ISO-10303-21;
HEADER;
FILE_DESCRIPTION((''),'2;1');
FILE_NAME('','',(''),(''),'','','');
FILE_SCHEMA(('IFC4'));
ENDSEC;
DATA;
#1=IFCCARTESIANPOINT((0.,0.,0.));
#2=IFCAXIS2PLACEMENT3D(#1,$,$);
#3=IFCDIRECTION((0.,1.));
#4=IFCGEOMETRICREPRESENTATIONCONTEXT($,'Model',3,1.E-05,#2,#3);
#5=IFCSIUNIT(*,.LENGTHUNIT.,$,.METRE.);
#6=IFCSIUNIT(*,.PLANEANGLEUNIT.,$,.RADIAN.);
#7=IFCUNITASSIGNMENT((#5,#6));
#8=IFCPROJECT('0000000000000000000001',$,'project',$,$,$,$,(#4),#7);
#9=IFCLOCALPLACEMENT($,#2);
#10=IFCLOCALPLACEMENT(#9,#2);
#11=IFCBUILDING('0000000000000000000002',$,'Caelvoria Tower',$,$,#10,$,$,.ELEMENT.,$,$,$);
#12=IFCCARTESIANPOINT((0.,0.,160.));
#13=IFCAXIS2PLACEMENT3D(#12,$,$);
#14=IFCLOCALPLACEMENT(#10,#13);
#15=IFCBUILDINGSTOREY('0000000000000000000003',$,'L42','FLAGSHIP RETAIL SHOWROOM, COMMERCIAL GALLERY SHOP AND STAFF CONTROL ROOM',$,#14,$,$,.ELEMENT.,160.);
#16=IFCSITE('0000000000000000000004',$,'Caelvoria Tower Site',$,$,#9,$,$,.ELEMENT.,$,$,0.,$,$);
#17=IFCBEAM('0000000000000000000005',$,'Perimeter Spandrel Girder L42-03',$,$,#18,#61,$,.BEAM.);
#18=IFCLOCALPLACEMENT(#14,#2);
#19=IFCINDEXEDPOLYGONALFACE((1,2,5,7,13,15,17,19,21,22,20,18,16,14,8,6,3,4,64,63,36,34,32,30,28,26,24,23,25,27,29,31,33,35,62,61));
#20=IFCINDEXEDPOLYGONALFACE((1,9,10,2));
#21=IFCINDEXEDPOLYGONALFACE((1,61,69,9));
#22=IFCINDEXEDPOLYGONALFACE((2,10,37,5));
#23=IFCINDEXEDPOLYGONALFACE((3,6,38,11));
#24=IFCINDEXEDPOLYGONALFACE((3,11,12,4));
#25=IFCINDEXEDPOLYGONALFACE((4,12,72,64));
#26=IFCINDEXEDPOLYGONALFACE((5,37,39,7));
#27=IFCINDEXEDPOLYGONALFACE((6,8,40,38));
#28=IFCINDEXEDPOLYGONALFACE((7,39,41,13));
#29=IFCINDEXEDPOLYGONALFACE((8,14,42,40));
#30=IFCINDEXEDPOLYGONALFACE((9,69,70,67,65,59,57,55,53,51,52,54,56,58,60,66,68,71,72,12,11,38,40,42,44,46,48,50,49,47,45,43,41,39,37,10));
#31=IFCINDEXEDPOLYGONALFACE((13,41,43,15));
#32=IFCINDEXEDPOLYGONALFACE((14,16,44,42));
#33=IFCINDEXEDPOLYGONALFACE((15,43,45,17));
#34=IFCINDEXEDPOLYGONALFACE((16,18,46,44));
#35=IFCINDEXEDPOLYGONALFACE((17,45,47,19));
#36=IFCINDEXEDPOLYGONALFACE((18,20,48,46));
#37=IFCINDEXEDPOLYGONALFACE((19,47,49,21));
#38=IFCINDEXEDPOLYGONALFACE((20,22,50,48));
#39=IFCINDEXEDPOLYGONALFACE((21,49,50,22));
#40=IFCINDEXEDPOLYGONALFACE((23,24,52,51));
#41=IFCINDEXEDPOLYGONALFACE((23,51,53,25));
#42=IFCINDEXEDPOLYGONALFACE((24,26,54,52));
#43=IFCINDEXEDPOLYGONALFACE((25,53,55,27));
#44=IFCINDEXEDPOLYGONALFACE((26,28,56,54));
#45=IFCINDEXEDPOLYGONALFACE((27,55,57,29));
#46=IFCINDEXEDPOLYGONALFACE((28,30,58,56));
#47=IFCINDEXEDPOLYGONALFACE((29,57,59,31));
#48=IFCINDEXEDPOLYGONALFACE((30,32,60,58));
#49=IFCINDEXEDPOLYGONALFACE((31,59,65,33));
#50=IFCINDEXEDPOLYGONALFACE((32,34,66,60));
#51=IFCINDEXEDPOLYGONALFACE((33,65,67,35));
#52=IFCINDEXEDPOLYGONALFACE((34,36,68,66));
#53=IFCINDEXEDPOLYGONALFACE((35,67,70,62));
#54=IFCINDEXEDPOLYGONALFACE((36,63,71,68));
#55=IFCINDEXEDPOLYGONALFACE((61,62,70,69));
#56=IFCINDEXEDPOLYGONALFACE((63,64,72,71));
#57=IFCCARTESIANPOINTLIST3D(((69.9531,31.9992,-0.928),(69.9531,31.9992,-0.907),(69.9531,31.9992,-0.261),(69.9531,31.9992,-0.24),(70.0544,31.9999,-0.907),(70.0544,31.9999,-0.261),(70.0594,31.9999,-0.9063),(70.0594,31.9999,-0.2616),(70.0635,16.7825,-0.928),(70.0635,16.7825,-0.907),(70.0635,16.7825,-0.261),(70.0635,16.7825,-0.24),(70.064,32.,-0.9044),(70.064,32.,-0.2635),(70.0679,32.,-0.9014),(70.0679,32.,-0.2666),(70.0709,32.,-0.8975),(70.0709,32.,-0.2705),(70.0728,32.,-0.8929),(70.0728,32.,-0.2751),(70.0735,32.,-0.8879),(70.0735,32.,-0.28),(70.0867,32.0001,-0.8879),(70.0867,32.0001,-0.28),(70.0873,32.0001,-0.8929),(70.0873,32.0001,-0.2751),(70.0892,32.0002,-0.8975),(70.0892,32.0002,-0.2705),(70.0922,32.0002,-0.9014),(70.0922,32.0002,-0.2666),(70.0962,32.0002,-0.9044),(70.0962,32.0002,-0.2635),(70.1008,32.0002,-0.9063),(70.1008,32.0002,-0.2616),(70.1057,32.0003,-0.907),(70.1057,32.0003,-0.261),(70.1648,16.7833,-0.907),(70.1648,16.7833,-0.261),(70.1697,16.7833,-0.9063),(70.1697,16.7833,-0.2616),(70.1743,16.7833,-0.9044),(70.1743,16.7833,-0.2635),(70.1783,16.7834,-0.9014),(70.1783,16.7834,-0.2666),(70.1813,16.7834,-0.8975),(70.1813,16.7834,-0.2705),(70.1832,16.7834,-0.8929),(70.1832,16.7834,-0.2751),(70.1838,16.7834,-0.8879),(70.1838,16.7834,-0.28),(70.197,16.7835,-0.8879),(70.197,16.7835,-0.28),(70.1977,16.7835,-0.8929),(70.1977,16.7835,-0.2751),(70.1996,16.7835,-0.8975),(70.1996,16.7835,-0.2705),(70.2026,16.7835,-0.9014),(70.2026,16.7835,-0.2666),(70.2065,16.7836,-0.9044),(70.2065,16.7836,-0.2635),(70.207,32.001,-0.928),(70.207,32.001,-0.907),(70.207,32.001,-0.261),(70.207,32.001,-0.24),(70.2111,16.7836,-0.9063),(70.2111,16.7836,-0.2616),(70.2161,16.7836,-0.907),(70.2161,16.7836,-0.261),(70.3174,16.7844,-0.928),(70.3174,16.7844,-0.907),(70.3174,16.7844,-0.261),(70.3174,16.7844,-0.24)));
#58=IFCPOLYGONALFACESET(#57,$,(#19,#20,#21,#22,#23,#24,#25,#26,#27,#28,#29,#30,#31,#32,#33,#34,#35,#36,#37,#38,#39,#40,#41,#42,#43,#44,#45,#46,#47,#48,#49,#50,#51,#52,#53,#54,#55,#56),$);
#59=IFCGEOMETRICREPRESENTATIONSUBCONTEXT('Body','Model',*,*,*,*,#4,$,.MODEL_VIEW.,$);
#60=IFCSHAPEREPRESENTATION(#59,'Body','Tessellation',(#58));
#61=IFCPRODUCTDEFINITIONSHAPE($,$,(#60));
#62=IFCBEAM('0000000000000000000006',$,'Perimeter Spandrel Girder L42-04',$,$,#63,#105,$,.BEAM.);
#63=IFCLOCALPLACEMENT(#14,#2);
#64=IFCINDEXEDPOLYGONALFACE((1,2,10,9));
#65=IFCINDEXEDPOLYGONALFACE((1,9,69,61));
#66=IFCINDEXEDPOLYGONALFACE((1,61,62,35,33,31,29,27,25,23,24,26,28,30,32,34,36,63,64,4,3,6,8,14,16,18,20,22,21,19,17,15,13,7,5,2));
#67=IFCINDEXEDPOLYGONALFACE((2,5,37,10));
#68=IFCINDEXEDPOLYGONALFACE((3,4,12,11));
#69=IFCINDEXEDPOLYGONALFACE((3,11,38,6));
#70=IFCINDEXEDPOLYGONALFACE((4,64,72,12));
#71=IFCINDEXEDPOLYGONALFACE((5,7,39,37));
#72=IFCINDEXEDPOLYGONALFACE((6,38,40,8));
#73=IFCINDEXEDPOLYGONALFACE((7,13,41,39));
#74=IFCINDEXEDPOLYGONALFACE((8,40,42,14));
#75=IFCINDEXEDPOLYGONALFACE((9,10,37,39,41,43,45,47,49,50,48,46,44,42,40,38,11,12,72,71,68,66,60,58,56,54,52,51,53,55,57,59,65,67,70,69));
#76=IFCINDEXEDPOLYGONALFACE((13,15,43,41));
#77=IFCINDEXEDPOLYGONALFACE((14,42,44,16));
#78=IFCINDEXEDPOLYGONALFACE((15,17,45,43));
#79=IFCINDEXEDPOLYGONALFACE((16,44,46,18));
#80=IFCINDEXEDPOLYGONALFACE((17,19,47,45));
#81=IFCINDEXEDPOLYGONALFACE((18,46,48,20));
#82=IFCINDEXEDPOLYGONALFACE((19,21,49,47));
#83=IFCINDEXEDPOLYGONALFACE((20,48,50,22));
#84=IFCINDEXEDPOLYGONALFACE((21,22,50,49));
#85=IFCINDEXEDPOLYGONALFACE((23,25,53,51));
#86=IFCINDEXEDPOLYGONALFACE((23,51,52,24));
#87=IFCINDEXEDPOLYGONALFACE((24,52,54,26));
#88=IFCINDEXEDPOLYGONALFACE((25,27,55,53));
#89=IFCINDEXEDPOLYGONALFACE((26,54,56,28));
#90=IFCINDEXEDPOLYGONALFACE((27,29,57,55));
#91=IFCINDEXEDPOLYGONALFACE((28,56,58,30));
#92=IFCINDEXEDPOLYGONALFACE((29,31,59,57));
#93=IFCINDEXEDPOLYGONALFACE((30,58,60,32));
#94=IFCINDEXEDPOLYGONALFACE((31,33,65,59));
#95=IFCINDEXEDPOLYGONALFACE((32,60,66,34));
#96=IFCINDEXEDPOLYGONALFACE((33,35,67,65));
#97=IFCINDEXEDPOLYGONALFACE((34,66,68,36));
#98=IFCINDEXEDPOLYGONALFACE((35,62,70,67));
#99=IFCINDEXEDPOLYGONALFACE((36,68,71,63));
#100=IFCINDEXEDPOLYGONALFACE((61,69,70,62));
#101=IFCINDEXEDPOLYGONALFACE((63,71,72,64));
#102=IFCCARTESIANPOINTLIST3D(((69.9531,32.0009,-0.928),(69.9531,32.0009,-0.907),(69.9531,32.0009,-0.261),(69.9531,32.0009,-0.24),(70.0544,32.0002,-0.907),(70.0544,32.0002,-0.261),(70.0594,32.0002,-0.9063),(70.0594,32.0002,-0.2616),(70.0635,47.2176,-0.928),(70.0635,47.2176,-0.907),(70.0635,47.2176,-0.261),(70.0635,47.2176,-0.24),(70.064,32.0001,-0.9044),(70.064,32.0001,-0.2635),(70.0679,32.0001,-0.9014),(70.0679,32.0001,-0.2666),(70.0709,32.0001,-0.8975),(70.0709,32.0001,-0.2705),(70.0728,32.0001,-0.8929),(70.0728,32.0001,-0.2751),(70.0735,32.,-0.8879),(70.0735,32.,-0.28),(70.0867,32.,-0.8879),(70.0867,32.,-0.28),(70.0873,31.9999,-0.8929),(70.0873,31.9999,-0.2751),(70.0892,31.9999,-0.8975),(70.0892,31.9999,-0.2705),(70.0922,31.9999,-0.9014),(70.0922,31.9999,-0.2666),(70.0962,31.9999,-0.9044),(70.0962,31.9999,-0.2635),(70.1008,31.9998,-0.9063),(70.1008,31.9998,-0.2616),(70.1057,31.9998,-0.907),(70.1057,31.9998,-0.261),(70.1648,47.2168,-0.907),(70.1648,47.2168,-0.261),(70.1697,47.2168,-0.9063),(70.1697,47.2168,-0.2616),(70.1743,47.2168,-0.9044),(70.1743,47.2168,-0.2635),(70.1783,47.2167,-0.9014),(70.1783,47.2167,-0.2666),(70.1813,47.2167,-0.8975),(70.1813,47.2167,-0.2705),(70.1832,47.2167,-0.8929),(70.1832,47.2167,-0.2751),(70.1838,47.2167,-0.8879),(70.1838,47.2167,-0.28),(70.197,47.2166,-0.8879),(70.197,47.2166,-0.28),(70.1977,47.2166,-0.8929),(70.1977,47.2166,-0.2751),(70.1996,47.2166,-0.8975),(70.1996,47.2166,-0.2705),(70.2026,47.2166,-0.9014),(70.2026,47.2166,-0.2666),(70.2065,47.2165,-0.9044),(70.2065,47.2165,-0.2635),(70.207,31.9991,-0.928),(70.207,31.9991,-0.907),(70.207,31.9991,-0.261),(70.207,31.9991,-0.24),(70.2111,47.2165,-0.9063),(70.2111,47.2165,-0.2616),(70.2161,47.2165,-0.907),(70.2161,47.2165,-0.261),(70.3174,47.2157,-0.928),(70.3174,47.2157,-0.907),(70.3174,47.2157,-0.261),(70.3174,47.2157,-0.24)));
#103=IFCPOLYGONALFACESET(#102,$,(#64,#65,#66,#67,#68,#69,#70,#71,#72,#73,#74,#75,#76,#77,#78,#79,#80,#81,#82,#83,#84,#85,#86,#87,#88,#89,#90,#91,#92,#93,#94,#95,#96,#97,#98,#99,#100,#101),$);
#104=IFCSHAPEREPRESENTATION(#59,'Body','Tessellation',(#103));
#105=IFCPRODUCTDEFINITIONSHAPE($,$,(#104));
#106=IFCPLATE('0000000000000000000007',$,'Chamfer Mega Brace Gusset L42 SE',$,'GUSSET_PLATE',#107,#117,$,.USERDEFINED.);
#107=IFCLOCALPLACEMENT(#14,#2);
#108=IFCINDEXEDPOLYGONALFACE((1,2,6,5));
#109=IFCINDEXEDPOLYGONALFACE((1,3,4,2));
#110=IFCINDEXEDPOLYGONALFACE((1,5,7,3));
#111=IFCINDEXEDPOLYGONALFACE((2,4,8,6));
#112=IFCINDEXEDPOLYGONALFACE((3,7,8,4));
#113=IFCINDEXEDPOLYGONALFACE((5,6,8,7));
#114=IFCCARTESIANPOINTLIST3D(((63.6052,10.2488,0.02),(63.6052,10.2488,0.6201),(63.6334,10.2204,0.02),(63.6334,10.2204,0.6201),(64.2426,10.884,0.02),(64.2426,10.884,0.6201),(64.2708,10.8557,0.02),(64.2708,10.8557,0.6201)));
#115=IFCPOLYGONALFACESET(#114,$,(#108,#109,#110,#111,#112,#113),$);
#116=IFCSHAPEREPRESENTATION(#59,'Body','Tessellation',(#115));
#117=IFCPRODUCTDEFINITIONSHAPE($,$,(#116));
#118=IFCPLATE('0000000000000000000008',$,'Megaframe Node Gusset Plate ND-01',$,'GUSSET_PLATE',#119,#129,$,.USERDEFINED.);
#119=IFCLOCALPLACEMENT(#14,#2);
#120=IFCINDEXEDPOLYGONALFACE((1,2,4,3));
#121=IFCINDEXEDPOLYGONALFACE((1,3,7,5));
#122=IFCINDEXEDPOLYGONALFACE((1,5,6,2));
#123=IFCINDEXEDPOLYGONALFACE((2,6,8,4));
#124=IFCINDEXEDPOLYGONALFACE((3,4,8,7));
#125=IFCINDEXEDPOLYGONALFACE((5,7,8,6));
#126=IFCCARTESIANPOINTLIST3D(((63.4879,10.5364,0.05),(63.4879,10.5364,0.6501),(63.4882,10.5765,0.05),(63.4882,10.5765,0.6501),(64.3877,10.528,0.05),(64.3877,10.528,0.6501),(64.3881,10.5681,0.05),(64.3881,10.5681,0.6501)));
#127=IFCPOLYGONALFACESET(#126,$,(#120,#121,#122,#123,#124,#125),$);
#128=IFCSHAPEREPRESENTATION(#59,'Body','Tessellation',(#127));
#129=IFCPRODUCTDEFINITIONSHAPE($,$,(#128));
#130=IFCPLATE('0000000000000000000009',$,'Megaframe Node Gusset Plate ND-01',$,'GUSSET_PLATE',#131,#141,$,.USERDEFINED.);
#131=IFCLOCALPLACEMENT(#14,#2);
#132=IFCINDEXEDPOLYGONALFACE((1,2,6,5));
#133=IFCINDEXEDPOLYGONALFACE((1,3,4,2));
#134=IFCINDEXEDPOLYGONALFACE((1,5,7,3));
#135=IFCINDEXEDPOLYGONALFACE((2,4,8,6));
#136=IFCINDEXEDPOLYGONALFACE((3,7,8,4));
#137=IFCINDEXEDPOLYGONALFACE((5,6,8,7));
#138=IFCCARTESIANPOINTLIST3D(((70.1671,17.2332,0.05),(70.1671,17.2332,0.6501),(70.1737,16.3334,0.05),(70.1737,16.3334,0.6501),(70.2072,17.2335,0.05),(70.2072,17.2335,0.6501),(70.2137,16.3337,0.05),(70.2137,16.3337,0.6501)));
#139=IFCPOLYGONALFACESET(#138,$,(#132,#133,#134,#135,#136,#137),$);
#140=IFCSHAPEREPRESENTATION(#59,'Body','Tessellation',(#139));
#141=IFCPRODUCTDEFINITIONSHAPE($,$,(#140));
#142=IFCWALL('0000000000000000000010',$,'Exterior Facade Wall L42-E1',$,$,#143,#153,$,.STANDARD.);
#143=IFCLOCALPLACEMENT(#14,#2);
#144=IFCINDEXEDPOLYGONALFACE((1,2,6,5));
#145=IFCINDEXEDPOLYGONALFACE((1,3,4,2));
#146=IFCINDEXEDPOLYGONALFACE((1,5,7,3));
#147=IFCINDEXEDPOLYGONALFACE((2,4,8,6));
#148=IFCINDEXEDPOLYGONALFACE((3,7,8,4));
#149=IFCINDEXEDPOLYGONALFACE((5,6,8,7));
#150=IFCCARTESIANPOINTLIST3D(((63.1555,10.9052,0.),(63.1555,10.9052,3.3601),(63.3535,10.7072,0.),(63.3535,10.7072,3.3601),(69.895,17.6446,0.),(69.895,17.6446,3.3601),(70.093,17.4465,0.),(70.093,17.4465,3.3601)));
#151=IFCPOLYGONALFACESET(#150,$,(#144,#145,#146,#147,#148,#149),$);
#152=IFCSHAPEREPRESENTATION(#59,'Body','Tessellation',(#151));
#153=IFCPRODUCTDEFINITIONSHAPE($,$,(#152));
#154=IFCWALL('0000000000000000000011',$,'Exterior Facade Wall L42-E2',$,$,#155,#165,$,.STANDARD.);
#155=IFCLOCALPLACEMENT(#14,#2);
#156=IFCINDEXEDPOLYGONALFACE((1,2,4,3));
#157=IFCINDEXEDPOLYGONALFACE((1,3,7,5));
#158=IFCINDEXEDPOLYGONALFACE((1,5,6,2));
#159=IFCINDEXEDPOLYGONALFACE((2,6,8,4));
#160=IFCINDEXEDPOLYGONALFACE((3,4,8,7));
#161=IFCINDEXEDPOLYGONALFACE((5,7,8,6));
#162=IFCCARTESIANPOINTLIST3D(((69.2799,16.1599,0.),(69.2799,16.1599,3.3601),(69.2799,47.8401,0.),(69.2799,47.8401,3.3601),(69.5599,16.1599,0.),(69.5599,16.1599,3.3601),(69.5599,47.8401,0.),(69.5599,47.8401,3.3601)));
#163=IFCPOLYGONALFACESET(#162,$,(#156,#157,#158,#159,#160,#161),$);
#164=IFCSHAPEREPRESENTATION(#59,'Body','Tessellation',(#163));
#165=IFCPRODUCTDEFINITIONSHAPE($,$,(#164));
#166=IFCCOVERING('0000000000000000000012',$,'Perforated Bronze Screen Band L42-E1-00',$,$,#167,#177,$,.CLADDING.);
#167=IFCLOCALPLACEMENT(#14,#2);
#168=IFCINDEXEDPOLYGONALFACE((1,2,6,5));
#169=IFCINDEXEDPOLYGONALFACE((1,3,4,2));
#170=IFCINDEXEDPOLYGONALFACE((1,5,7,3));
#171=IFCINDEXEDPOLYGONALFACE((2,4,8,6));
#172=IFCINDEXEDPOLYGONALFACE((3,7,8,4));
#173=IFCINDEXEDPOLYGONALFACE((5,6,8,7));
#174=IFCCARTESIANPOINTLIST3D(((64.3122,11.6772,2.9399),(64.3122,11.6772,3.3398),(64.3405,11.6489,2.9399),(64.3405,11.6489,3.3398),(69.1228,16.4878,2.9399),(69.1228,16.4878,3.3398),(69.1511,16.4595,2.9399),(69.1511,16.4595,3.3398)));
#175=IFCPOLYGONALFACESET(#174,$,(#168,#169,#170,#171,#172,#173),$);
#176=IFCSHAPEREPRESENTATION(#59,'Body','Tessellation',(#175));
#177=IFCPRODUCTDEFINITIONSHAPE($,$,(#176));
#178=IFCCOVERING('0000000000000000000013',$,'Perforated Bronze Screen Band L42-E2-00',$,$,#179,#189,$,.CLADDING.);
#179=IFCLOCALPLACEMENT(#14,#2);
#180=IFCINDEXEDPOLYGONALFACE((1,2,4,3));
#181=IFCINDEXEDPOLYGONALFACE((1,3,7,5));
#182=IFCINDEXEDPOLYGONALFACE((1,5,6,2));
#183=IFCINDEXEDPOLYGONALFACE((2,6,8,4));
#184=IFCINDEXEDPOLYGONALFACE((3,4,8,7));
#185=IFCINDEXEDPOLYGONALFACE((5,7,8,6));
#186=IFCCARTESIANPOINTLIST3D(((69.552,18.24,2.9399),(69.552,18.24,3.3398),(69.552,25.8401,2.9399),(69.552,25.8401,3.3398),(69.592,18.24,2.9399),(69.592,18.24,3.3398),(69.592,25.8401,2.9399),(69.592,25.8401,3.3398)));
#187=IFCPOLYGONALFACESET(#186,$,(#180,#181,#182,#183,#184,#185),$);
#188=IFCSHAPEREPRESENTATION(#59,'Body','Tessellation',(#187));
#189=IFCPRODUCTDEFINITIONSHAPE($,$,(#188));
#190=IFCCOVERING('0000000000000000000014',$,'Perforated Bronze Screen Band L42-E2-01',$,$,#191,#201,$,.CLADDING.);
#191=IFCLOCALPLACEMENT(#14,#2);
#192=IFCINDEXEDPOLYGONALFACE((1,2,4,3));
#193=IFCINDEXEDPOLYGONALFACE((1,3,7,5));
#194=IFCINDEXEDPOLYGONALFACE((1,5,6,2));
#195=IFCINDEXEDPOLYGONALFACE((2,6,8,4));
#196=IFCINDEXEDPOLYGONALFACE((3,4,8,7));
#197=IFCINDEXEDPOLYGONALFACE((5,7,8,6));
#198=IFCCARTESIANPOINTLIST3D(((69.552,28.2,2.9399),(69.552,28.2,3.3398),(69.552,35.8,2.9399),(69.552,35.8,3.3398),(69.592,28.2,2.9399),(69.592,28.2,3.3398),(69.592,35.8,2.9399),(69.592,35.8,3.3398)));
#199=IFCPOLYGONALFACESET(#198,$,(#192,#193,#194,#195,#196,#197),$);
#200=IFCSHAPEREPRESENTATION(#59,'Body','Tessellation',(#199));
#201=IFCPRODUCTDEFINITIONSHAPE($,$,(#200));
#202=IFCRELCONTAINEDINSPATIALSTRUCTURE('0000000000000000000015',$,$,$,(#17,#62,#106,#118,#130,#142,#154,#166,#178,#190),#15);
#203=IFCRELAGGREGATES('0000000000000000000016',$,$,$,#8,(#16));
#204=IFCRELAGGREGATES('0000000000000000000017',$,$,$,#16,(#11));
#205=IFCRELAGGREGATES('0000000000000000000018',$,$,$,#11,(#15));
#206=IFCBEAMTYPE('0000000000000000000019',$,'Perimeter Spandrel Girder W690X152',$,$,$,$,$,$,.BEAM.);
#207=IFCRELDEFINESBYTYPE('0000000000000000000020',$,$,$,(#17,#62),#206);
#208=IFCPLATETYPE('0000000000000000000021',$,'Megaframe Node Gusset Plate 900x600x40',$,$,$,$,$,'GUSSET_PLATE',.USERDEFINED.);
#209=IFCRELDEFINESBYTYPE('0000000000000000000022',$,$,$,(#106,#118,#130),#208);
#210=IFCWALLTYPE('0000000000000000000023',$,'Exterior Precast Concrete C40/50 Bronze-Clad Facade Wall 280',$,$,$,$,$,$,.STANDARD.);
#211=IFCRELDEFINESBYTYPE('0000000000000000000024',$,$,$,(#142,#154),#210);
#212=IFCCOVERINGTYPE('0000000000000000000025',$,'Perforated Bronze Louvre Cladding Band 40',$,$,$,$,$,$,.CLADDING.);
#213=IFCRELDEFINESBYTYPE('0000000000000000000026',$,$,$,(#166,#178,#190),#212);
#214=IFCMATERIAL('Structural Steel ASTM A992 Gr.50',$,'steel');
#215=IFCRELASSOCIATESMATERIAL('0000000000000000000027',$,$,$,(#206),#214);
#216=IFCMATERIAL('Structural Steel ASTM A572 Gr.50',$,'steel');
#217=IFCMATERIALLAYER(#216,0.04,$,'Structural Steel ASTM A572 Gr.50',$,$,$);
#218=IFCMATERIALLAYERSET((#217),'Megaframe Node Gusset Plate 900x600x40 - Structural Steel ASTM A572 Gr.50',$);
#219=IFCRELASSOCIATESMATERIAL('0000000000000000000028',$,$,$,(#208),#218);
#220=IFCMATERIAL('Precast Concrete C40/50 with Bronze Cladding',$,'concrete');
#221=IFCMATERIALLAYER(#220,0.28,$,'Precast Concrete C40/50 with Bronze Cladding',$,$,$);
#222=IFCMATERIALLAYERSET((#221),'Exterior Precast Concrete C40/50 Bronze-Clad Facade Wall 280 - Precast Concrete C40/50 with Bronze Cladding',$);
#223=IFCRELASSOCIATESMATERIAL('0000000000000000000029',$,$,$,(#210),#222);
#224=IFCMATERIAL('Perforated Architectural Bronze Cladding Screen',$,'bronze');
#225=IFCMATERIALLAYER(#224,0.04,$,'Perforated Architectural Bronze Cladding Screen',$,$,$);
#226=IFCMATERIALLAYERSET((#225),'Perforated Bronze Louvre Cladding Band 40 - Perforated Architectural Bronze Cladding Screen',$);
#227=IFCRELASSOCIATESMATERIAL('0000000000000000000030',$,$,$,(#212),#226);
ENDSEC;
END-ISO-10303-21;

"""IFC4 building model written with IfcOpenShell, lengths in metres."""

from ifc_helpers import new_model, si_unit, direction, frame, frame_2d, origin, origin_2d, place, context, subcontext, project, spatial, rectangle, i_section, extrude, material, layer, layer_set, material_profile, profile_set, type_object, element, save


model = new_model("IFC4")

# Units and contexts
model_context = context("Model", 3, precision=1e-05, world=origin(), true_north=direction((0.0, 1.0)))
body_context = subcontext(model_context, "Body", "Model", "MODEL_VIEW")
ifc_project = project(units=[si_unit("LENGTHUNIT", "METRE"), si_unit("PLANEANGLEUNIT", "RADIAN")], contexts=[model_context])

# Site, building, storey
site_placement = place(None, origin())
site = spatial("IfcSite", under=ifc_project, at=site_placement, Name="Caelvoria Tower Site", CompositionType="ELEMENT", RefElevation=0.0)
building_placement = place(site_placement, origin())
building = spatial("IfcBuilding", under=site, at=building_placement, Name="Caelvoria Tower", CompositionType="ELEMENT")
storey_placement = place(building_placement, frame((0.0, 0.0, 160.0)))
storey = spatial("IfcBuildingStorey", under=building, at=storey_placement, Name="L42", Description="FLAGSHIP RETAIL SHOWROOM, COMMERCIAL GALLERY SHOP AND STAFF CONTROL ROOM", CompositionType="ELEMENT", Elevation=160.0)

# Shared definitions
ifc_material_1 = material(Name="Structural Steel ASTM A572 Gr.50", Category="steel")
ifc_material_2 = material(Name="Structural Steel ASTM A992 Gr.50", Category="steel")

# Beams
ifc_material_profile_1 = material_profile(ifc_material_2, i_section(OverallWidth=0.2539, OverallDepth=0.688, WebThickness=0.0132, FlangeThickness=0.021, FilletRadius=0.019, at=origin_2d()), Name="Structural Steel ASTM A992 Gr.50")
ifc_profile_set_1 = profile_set([ifc_material_profile_1], Name="W690X152 - Structural Steel ASTM A992 Gr.50")
beam_type = type_object("IfcBeamType", Name="Perimeter Spandrel Girder W690X152", PredefinedType="BEAM", material=ifc_profile_set_1)
for number, where, z_axis, x_axis, name in (
    (1, (70.1904, 16.7834, -0.584), (-0.007252, 0.999974, 0.0), (-0.999974, -0.007252, 0.0), "Perimeter Spandrel Girder L42-03"),
    (2, (70.0801, 32.0, -0.584), (0.007252, 0.999974, 0.0), (-0.999974, 0.007252, 0.0), "Perimeter Spandrel Girder L42-04"),
):
    element("IfcBeam", number, at=place(storey_placement, frame(where, z_axis=z_axis, x_axis=x_axis)), inside=storey, type_object=beam_type, Name=name, PredefinedType="BEAM", context=body_context, shape_type="SweptSolid", body=[
        extrude(i_section(OverallWidth=0.2539, OverallDepth=0.688, WebThickness=0.0132, FlangeThickness=0.021, FilletRadius=0.019, at=origin_2d()), origin(), (0.0, 0.0, 1.0), 15.217),
    ])

# Plates
ifc_layer_1 = layer(ifc_material_1, 0.04, Name="Structural Steel ASTM A572 Gr.50")
ifc_layer_set_1 = layer_set([ifc_layer_1], Name="Megaframe Node Gusset Plate 900x600x40 - Structural Steel ASTM A572 Gr.50")
plate_type = type_object("IfcPlateType", Name="Megaframe Node Gusset Plate 900x600x40", ElementType="GUSSET_PLATE", PredefinedType="USERDEFINED", material=ifc_layer_set_1)
for number, where, z_axis, x_axis, name in (
    (3, (63.938, 10.5522, 0.02), (0.0, 0.0, 1.0), (0.708313, 0.705899, 0.0), "Chamfer Mega Brace Gusset L42 SE"),
    (4, (63.938, 10.5522, 0.05), (0.0, 0.0, 1.0), (-0.999956, 0.009348, 0.0), "Megaframe Node Gusset Plate ND-01"),
    (5, (70.1904, 16.7834, 0.05), (0.0, 0.0, 1.0), (-0.007262, 0.999974, 0.0), "Megaframe Node Gusset Plate ND-01"),
):
    element("IfcPlate", number, at=place(storey_placement, frame(where, z_axis=z_axis, x_axis=x_axis)), inside=storey, type_object=plate_type, Name=name, ObjectType="GUSSET_PLATE", PredefinedType="USERDEFINED", context=body_context, shape_type="SweptSolid", body=[
        extrude(rectangle(XDim=0.8999, YDim=0.04, at=origin_2d()), origin(), (0.0, 0.0, 1.0), 0.6001),
    ])

# Walls
ifc_material_3 = material(Name="Precast Concrete C40/50 with Bronze Cladding", Category="concrete")
ifc_layer_2 = layer(ifc_material_3, 0.28, Name="Precast Concrete C40/50 with Bronze Cladding")
ifc_layer_set_2 = layer_set([ifc_layer_2], Name="Exterior Precast Concrete C40/50 Bronze-Clad Facade Wall 280 - Precast Concrete C40/50 with Bronze Cladding")
wall_type = type_object("IfcWallType", Name="Exterior Precast Concrete C40/50 Bronze-Clad Facade Wall 280", PredefinedType="STANDARD", material=ifc_layer_set_2)
wall_1_placement = place(storey_placement, frame((63.2544, 10.8062, 0.0), z_axis=(0.0, 0.0, 1.0), x_axis=(0.70712, 0.707094, 0.0)))
element("IfcWall", 6, at=wall_1_placement, inside=storey, type_object=wall_type, Name="Exterior Facade Wall L42-E1", PredefinedType="STANDARD", context=body_context, shape_type="SweptSolid", body=[
    extrude(rectangle(XDim=9.531, YDim=0.28, at=frame_2d((4.7656, 0.0))), origin(), (0.0, 0.0, 1.0), 3.3601),
])
wall_2_placement = place(storey_placement, frame((69.4199, 16.1599, 0.0), z_axis=(0.0, 0.0, 1.0), x_axis=(0.0, 1.0, 0.0)))
element("IfcWall", 7, at=wall_2_placement, inside=storey, type_object=wall_type, Name="Exterior Facade Wall L42-E2", PredefinedType="STANDARD", context=body_context, shape_type="SweptSolid", body=[
    extrude(rectangle(XDim=31.6802, YDim=0.28, at=frame_2d((15.8401, 0.0))), origin(), (0.0, 0.0, 1.0), 3.3601),
])

# Coverings
ifc_material_4 = material(Name="Perforated Architectural Bronze Cladding Screen", Category="bronze")
ifc_layer_3 = layer(ifc_material_4, 0.04, Name="Perforated Architectural Bronze Cladding Screen")
ifc_layer_set_3 = layer_set([ifc_layer_3], Name="Perforated Bronze Louvre Cladding Band 40 - Perforated Architectural Bronze Cladding Screen")
covering_type = type_object("IfcCoveringType", Name="Perforated Bronze Louvre Cladding Band 40", PredefinedType="CLADDING", material=ifc_layer_set_3)
covering_placement = place(storey_placement, frame((66.7317, 14.0684, 2.9399), z_axis=(0.0, 0.0, 1.0), x_axis=(0.707107, 0.707107, 0.0)))
element("IfcCovering", 8, at=covering_placement, inside=storey, type_object=covering_type, Name="Perforated Bronze Screen Band L42-E1-00", PredefinedType="CLADDING", context=body_context, shape_type="SweptSolid", body=[
    extrude(rectangle(XDim=6.8032, YDim=0.04, at=origin_2d()), origin(), (0.0, 0.0, 1.0), 0.3999),
])
for number, where, z_axis, x_axis, name in (
    (9, (69.572, 22.04, 2.9399), (0.0, 0.0, 1.0), (0.0, 1.0, 0.0), "Perforated Bronze Screen Band L42-E2-00"),
    (10, (69.572, 32.0, 2.9399), (0.0, 0.0, 1.0), (0.0, 1.0, 0.0), "Perforated Bronze Screen Band L42-E2-01"),
):
    element("IfcCovering", number, at=place(storey_placement, frame(where, z_axis=z_axis, x_axis=x_axis)), inside=storey, type_object=covering_type, Name=name, PredefinedType="CLADDING", context=body_context, shape_type="SweptSolid", body=[
        extrude(rectangle(XDim=7.6001, YDim=0.04, at=origin_2d()), origin(), (0.0, 0.0, 1.0), 0.3999),
    ])

save(model, "model.ifc")
